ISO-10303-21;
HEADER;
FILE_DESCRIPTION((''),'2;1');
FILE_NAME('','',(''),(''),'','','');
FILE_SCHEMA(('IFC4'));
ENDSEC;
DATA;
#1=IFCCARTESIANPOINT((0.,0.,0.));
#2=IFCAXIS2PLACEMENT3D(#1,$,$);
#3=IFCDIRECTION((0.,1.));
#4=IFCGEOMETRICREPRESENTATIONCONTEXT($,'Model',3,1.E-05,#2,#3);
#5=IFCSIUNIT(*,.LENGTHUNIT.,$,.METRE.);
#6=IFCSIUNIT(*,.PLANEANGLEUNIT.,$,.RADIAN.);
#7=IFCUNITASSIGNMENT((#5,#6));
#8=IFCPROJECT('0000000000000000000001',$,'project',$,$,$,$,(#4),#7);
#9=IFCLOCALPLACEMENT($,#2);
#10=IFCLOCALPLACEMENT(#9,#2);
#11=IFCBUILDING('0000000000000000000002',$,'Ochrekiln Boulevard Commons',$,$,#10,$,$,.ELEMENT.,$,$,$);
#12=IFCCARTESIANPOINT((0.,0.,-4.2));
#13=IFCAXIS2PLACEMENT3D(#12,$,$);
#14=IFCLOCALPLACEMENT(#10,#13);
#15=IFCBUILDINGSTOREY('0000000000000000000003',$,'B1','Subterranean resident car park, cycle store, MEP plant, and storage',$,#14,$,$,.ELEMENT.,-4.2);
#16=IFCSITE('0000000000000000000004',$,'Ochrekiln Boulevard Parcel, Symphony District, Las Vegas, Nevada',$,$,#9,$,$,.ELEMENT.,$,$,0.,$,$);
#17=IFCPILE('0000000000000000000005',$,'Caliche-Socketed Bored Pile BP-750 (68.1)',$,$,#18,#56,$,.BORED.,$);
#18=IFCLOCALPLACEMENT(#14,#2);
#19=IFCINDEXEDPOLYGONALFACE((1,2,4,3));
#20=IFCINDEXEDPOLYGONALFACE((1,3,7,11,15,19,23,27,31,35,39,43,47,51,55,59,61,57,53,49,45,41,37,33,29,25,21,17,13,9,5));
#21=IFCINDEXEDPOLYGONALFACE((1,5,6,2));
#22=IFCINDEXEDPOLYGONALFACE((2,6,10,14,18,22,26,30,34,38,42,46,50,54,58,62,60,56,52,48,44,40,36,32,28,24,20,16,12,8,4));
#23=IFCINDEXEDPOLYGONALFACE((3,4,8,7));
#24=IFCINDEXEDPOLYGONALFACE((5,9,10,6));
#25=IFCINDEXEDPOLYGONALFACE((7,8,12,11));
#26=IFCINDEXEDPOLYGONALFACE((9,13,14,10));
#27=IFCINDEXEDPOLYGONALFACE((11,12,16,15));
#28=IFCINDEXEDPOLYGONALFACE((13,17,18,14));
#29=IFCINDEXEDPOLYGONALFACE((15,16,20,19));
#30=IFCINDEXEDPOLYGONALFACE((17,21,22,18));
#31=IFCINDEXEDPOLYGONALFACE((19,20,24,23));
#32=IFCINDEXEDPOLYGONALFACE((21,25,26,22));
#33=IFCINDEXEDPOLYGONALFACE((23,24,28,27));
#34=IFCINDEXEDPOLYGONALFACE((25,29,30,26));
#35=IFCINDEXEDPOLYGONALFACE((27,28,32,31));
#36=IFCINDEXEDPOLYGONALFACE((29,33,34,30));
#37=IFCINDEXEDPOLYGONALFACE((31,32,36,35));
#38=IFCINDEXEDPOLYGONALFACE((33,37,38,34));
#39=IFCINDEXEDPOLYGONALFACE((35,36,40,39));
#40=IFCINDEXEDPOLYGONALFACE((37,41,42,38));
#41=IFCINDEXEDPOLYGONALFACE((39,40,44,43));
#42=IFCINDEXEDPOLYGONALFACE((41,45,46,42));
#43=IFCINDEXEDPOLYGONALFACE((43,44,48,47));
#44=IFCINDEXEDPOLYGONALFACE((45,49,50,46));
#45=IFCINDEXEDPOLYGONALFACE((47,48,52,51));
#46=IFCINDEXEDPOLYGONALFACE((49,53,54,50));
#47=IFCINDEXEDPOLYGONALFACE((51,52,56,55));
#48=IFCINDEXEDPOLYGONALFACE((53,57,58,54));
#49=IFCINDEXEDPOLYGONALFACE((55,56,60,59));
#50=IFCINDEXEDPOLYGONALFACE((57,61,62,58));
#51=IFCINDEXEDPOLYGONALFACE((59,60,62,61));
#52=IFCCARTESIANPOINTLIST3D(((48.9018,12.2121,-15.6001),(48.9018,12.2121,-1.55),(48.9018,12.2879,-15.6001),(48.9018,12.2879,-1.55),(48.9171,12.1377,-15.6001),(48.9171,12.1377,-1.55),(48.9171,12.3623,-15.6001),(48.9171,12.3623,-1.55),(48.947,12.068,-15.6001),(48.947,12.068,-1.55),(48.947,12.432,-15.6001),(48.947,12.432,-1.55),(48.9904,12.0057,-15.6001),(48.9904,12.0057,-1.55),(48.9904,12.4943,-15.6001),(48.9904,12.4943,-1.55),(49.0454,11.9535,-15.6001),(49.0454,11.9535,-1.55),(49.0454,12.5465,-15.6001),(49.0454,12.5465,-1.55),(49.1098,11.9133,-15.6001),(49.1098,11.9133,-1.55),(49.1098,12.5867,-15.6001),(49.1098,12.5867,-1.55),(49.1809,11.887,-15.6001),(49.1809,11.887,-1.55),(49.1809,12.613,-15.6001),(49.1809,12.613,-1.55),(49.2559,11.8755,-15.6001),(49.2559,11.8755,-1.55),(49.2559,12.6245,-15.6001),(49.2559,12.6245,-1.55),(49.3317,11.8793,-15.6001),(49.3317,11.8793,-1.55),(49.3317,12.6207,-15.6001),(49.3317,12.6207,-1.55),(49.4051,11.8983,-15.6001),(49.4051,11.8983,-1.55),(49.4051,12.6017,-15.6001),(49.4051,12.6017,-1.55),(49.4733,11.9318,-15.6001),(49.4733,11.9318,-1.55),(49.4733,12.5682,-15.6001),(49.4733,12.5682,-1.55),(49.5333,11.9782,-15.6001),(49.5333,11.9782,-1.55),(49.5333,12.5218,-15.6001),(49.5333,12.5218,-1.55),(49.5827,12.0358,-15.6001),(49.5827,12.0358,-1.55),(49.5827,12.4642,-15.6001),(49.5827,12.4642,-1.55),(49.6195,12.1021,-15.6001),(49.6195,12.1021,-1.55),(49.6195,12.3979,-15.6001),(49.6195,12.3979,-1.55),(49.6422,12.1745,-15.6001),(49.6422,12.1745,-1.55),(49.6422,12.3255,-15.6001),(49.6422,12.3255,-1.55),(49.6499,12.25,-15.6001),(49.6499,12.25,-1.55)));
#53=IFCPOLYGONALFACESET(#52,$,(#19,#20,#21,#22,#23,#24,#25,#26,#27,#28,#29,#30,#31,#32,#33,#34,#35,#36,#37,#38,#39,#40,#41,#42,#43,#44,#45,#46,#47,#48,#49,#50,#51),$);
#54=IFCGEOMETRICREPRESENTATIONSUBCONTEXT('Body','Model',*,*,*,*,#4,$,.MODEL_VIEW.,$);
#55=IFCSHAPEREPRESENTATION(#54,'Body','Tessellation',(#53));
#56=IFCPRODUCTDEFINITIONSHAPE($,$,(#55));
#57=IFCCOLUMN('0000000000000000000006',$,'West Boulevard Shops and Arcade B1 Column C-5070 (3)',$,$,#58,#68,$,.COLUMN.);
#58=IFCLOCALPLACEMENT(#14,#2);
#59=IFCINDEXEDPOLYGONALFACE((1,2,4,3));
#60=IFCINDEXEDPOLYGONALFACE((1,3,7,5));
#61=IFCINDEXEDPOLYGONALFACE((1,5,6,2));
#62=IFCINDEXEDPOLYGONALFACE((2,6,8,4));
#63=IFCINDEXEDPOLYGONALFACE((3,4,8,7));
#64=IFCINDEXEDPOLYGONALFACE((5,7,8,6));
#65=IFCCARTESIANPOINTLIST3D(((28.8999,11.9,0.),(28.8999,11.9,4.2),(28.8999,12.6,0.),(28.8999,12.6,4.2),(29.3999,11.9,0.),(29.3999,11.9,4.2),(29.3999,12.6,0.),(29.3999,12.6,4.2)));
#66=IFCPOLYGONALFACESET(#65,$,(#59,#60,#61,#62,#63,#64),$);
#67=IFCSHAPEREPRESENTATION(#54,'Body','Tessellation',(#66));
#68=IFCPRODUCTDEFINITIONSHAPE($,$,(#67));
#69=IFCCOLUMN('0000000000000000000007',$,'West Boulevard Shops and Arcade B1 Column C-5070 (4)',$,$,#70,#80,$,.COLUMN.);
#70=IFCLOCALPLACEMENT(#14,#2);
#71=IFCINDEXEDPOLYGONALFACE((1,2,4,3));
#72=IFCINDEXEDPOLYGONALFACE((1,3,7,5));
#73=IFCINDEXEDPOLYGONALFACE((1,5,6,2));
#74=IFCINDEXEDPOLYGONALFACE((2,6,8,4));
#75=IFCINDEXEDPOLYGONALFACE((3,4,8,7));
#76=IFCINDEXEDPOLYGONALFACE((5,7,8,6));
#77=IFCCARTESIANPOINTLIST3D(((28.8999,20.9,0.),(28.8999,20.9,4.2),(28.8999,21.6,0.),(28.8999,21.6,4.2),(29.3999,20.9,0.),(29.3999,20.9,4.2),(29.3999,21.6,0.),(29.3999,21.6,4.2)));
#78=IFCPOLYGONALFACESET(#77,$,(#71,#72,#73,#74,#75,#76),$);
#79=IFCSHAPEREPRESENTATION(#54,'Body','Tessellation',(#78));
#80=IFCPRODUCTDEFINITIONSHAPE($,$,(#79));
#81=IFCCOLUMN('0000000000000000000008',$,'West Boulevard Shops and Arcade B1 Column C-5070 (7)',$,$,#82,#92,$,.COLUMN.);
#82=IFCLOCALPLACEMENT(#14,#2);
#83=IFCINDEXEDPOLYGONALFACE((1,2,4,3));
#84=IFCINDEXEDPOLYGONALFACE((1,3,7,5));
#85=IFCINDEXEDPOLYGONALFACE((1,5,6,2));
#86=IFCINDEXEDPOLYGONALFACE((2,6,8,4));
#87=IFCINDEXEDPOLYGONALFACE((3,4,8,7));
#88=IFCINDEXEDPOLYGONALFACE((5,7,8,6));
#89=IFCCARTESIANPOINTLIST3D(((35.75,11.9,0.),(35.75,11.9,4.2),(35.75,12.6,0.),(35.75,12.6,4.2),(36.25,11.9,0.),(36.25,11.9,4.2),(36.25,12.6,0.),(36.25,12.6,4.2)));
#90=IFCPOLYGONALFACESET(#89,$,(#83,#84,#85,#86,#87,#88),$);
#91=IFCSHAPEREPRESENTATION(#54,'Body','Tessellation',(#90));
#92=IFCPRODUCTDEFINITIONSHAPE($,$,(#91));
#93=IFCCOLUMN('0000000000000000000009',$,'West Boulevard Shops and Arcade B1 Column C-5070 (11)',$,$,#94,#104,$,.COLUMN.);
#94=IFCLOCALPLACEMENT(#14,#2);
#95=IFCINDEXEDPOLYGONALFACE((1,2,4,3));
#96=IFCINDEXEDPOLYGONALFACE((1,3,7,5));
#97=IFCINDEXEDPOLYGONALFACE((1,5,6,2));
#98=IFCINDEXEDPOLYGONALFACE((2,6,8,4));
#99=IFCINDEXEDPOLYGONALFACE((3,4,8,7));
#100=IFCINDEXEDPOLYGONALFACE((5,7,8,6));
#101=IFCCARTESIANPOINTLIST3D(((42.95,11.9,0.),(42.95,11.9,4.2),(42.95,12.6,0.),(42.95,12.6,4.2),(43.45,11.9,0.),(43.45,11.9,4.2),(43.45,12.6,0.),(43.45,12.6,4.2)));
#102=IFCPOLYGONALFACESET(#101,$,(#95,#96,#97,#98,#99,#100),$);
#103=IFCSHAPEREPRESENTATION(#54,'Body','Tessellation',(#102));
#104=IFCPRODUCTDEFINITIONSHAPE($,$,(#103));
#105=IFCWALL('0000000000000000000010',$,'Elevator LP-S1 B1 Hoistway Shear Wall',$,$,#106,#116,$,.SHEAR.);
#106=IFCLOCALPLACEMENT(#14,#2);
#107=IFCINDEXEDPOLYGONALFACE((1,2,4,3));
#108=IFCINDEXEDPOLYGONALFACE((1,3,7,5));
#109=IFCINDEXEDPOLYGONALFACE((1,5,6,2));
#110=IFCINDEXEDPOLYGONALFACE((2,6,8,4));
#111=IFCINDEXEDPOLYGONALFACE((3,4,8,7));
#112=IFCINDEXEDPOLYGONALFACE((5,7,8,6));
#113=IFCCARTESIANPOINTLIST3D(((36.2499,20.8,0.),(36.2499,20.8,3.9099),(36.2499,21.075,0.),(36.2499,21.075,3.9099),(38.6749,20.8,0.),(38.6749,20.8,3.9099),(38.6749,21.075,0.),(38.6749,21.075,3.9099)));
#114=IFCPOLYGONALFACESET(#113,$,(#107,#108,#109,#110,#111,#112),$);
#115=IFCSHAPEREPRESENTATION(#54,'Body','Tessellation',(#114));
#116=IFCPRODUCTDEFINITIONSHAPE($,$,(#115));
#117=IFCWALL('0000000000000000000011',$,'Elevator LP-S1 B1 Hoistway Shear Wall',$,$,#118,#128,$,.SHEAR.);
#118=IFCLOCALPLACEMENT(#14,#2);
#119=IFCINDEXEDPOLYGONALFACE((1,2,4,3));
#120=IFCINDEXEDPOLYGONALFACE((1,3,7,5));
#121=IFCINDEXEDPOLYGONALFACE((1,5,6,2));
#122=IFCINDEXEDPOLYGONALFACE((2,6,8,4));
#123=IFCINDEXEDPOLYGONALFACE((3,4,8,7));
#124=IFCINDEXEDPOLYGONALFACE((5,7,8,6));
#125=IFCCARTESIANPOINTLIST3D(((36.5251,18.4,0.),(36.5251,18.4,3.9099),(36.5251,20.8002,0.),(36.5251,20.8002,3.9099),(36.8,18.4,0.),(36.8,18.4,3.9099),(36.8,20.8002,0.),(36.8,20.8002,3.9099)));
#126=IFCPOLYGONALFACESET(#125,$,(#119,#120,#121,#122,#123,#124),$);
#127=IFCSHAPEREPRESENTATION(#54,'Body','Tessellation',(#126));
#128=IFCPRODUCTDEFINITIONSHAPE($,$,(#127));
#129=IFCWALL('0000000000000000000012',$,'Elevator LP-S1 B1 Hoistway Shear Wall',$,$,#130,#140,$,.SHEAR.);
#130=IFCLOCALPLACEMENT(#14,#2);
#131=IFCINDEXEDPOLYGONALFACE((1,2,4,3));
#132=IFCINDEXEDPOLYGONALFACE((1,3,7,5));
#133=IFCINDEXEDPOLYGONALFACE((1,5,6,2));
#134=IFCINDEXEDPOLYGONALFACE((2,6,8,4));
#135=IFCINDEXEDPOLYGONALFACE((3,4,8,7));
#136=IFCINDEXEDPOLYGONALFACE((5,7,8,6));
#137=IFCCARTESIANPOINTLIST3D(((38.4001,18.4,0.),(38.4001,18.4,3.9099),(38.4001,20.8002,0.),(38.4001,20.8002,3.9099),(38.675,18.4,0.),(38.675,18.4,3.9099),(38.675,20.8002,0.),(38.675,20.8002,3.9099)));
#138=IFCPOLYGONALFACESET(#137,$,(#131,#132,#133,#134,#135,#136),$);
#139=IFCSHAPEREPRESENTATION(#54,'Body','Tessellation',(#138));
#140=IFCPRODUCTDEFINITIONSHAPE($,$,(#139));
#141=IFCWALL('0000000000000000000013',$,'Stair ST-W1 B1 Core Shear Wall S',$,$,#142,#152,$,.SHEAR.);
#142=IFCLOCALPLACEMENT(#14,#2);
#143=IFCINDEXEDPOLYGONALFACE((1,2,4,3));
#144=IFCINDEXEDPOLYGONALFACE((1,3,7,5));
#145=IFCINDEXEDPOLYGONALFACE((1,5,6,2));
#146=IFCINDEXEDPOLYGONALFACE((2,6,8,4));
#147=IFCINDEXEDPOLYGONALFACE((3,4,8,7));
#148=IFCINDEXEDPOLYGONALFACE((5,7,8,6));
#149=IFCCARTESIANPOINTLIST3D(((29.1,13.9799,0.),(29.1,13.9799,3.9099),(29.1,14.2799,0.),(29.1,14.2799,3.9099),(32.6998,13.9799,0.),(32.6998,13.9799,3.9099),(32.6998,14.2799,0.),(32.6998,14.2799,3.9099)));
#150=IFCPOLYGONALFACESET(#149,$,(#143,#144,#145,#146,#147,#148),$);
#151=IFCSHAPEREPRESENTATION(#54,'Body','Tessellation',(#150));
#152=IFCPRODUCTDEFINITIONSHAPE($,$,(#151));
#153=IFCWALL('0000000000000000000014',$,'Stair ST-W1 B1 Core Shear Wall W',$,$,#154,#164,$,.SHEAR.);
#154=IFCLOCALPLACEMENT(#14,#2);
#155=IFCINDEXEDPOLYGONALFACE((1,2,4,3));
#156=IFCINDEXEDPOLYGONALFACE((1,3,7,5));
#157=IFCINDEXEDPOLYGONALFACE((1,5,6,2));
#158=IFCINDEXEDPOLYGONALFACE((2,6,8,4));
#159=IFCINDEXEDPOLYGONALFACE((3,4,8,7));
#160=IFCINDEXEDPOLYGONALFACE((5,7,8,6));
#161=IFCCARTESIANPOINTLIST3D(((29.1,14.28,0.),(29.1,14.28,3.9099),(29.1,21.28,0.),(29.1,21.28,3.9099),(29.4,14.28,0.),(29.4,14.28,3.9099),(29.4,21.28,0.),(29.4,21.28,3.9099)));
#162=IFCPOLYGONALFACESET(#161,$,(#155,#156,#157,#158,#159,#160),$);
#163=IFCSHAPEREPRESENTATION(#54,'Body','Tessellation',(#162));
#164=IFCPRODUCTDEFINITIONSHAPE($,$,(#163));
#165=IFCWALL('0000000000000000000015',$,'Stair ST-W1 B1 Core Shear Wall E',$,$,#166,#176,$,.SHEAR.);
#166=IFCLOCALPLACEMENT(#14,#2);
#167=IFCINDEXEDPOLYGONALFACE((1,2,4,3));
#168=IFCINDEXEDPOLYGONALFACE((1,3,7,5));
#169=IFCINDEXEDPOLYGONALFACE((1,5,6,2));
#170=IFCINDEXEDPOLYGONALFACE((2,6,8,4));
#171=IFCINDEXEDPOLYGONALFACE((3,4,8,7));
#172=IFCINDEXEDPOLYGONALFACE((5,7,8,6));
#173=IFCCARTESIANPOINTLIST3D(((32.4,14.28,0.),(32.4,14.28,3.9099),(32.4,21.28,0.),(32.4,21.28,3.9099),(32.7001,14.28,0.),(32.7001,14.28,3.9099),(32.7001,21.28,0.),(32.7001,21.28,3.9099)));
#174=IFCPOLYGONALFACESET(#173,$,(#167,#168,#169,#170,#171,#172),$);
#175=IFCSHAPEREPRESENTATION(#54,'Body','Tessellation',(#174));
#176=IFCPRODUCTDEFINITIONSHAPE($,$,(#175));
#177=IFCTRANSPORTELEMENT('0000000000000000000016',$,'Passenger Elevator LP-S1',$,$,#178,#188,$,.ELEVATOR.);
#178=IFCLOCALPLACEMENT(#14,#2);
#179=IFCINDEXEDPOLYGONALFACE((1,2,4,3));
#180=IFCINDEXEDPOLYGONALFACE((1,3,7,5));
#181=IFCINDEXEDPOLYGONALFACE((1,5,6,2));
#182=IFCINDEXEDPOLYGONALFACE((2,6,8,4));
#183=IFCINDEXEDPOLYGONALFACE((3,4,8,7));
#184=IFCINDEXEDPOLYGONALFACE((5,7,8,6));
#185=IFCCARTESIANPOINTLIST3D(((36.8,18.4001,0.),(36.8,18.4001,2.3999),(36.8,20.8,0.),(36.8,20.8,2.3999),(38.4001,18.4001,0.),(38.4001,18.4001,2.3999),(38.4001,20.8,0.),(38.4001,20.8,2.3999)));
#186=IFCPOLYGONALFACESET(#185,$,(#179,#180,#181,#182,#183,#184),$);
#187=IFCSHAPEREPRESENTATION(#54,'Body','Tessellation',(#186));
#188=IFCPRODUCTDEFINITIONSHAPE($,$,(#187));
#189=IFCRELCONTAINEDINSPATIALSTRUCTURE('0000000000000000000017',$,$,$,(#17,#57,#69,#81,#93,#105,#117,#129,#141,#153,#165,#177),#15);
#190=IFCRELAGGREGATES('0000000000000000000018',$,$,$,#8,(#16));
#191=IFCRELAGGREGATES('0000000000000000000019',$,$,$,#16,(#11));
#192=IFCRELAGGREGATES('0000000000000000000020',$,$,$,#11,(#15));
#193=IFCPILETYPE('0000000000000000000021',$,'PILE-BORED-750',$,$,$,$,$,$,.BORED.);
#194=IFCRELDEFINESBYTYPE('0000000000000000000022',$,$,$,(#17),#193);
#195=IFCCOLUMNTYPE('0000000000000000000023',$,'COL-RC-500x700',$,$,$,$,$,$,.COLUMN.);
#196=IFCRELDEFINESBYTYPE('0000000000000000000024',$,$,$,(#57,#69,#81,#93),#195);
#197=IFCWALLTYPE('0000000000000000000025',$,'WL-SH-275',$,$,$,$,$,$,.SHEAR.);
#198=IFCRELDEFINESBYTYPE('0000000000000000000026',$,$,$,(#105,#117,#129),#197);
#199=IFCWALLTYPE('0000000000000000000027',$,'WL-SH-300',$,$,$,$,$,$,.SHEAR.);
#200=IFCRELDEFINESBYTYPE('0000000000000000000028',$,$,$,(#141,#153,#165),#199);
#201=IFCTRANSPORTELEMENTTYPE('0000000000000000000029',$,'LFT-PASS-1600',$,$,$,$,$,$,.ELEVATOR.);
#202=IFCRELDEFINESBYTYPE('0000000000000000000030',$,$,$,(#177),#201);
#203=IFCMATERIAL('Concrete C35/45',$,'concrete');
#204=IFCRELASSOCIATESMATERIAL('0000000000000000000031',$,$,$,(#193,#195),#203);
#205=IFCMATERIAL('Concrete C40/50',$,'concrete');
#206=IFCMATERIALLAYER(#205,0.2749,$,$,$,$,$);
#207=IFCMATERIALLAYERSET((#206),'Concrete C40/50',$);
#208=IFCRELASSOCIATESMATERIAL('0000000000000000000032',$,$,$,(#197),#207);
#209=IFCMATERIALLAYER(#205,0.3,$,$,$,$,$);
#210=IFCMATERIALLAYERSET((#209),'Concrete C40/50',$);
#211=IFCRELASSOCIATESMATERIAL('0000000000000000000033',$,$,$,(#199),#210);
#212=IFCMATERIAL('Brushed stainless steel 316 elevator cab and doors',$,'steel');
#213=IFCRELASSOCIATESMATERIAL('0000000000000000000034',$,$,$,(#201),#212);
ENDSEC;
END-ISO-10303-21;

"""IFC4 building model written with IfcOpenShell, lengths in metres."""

from ifc_helpers import new_model, si_unit, direction, frame, frame_2d, origin, origin_2d, place, context, subcontext, project, spatial, rectangle, circle, extrude, material, layer, layer_set, material_profile, profile_set, type_object, element, save


model = new_model("IFC4")

# Units and contexts
model_context = context("Model", 3, precision=1e-05, world=origin(), true_north=direction((0.0, 1.0)))
body_context = subcontext(model_context, "Body", "Model", "MODEL_VIEW")
ifc_project = project(units=[si_unit("LENGTHUNIT", "METRE"), si_unit("PLANEANGLEUNIT", "RADIAN")], contexts=[model_context])

# Site, building, storey
site_placement = place(None, origin())
site = spatial("IfcSite", under=ifc_project, at=site_placement, Name="Ochrekiln Boulevard Parcel, Symphony District, Las Vegas, Nevada", CompositionType="ELEMENT", RefElevation=0.0)
building_placement = place(site_placement, origin())
building = spatial("IfcBuilding", under=site, at=building_placement, Name="Ochrekiln Boulevard Commons", CompositionType="ELEMENT")
storey_placement = place(building_placement, frame((0.0, 0.0, -4.2)))
storey = spatial("IfcBuildingStorey", under=building, at=storey_placement, Name="B1", Description="Subterranean resident car park, cycle store, MEP plant, and storage", CompositionType="ELEMENT", Elevation=-4.2)

# Shared definitions
ifc_material_1 = material(Name="Concrete C35/45", Category="concrete")

# Pile
ifc_material_profile_1 = material_profile(ifc_material_1, circle(Radius=0.375, at=origin_2d()), Name="PILE-D750")
ifc_profile_set_1 = profile_set([ifc_material_profile_1], Name="Concrete C35/45")
pile_type = type_object("IfcPileType", Name="PILE-BORED-750", PredefinedType="BORED", material=ifc_profile_set_1)
for number, where, z_axis, x_axis, name in (
    (1, (49.2749, 12.25, -1.55), (0.0, 0.0, -1.0), (1.0, 0.0, 0.0), "Caliche-Socketed Bored Pile BP-750 (68.1)"),
):
    element("IfcPile", number, at=place(storey_placement, frame(where, z_axis=z_axis, x_axis=x_axis)), inside=storey, type_object=pile_type, Name=name, PredefinedType="BORED", context=body_context, shape_type="SweptSolid", body=[
        extrude(circle(Radius=0.375, at=origin_2d()), origin(), (0.0, 0.0, 1.0), 14.05),
    ])

# Columns
ifc_material_profile_2 = material_profile(ifc_material_1, rectangle(XDim=0.5, YDim=0.7, at=origin_2d()), Name="RC-COL-500x700")
ifc_profile_set_2 = profile_set([ifc_material_profile_2], Name="Concrete C35/45")
column_type = type_object("IfcColumnType", Name="COL-RC-500x700", PredefinedType="COLUMN", material=ifc_profile_set_2)
for number, where, z_axis, x_axis, name in (
    (2, (29.1499, 12.25, 0.0), (0.0, 0.0, 1.0), (1.0, 0.0, 0.0), "West Boulevard Shops and Arcade B1 Column C-5070 (3)"),
    (3, (29.1499, 21.25, 0.0), (0.0, 0.0, 1.0), (1.0, 0.0, 0.0), "West Boulevard Shops and Arcade B1 Column C-5070 (4)"),
    (4, (36.0, 12.25, 0.0), (0.0, 0.0, 1.0), (1.0, 0.0, 0.0), "West Boulevard Shops and Arcade B1 Column C-5070 (7)"),
    (5, (43.2, 12.25, 0.0), (0.0, 0.0, 1.0), (1.0, 0.0, 0.0), "West Boulevard Shops and Arcade B1 Column C-5070 (11)"),
):
    element("IfcColumn", number, at=place(storey_placement, frame(where, z_axis=z_axis, x_axis=x_axis)), inside=storey, type_object=column_type, Name=name, PredefinedType="COLUMN", context=body_context, shape_type="SweptSolid", body=[
        extrude(rectangle(XDim=0.5, YDim=0.7, at=origin_2d()), origin(), (0.0, 0.0, 1.0), 4.2),
    ])

# Shared definitions
ifc_material_2 = material(Name="Concrete C40/50", Category="concrete")
ifc_layer_1 = layer(ifc_material_2, 0.2749)
ifc_layer_set_1 = layer_set([ifc_layer_1], Name="Concrete C40/50")
wall_type_1 = type_object("IfcWallType", Name="WL-SH-275", PredefinedType="SHEAR", material=ifc_layer_set_1)
ifc_material_3 = material(Name="Brushed stainless steel 316 elevator cab and doors", Category="steel")

# Walls
wall_1_placement = place(storey_placement, frame((36.25, 20.9375, 0.0), z_axis=(0.0, 0.0, 1.0), x_axis=(1.0, 0.0, 0.0)))
element("IfcWall", 6, at=wall_1_placement, inside=storey, type_object=wall_type_1, Name="Elevator LP-S1 B1 Hoistway Shear Wall", PredefinedType="SHEAR", context=body_context, shape_type="SweptSolid", body=[
    extrude(rectangle(XDim=2.425, YDim=0.2749, at=frame_2d((1.2124, 0.0))), origin(), (0.0, 0.0, 1.0), 3.9099),
])
for number, where, z_axis, x_axis, name in (
    (7, (36.6626, 18.3999, 0.0), (0.0, 0.0, 1.0), (0.0, 1.0, 0.0), "Elevator LP-S1 B1 Hoistway Shear Wall"),
    (8, (38.5376, 18.3999, 0.0), (0.0, 0.0, 1.0), (0.0, 1.0, 0.0), "Elevator LP-S1 B1 Hoistway Shear Wall"),
):
    element("IfcWall", number, at=place(storey_placement, frame(where, z_axis=z_axis, x_axis=x_axis)), inside=storey, type_object=wall_type_1, Name=name, PredefinedType="SHEAR", context=body_context, shape_type="SweptSolid", body=[
        extrude(rectangle(XDim=2.4001, YDim=0.2749, at=frame_2d((1.2002, 0.0))), origin(), (0.0, 0.0, 1.0), 3.9099),
    ])
ifc_layer_2 = layer(ifc_material_2, 0.3)
ifc_layer_set_2 = layer_set([ifc_layer_2], Name="Concrete C40/50")
wall_type_2 = type_object("IfcWallType", Name="WL-SH-300", PredefinedType="SHEAR", material=ifc_layer_set_2)
wall_2_placement = place(storey_placement, frame((29.1001, 14.1299, 0.0), z_axis=(0.0, 0.0, 1.0), x_axis=(1.0, 0.0, 0.0)))
element("IfcWall", 9, at=wall_2_placement, inside=storey, type_object=wall_type_2, Name="Stair ST-W1 B1 Core Shear Wall S", PredefinedType="SHEAR", context=body_context, shape_type="SweptSolid", body=[
    extrude(rectangle(XDim=3.5999, YDim=0.3, at=frame_2d((1.7998, 0.0))), origin(), (0.0, 0.0, 1.0), 3.9099),
])
for number, where, z_axis, x_axis, name in (
    (10, (29.25, 14.28, 0.0), (0.0, 0.0, 1.0), (0.0, 1.0, 0.0), "Stair ST-W1 B1 Core Shear Wall W"),
    (11, (32.55, 14.28, 0.0), (0.0, 0.0, 1.0), (0.0, 1.0, 0.0), "Stair ST-W1 B1 Core Shear Wall E"),
):
    element("IfcWall", number, at=place(storey_placement, frame(where, z_axis=z_axis, x_axis=x_axis)), inside=storey, type_object=wall_type_2, Name=name, PredefinedType="SHEAR", context=body_context, shape_type="SweptSolid", body=[
        extrude(rectangle(XDim=7.0, YDim=0.3, at=frame_2d((3.5, 0.0))), origin(), (0.0, 0.0, 1.0), 3.9099),
    ])

# Transport element
transport_element_type = type_object("IfcTransportElementType", Name="LFT-PASS-1600", PredefinedType="ELEVATOR", material=ifc_material_3)
transport_element_placement = place(storey_placement, frame((37.6001, 19.6001, 0.0), z_axis=(0.0, 0.0, 1.0), x_axis=(1.0, 0.0, 0.0)))
element("IfcTransportElement", 12, at=transport_element_placement, inside=storey, type_object=transport_element_type, Name="Passenger Elevator LP-S1", PredefinedType="ELEVATOR", context=body_context, shape_type="SweptSolid", body=[
    extrude(rectangle(XDim=1.6001, YDim=2.3999, at=origin_2d()), origin(), (0.0, 0.0, 1.0), 2.3999),
])

save(model, "model.ifc")
